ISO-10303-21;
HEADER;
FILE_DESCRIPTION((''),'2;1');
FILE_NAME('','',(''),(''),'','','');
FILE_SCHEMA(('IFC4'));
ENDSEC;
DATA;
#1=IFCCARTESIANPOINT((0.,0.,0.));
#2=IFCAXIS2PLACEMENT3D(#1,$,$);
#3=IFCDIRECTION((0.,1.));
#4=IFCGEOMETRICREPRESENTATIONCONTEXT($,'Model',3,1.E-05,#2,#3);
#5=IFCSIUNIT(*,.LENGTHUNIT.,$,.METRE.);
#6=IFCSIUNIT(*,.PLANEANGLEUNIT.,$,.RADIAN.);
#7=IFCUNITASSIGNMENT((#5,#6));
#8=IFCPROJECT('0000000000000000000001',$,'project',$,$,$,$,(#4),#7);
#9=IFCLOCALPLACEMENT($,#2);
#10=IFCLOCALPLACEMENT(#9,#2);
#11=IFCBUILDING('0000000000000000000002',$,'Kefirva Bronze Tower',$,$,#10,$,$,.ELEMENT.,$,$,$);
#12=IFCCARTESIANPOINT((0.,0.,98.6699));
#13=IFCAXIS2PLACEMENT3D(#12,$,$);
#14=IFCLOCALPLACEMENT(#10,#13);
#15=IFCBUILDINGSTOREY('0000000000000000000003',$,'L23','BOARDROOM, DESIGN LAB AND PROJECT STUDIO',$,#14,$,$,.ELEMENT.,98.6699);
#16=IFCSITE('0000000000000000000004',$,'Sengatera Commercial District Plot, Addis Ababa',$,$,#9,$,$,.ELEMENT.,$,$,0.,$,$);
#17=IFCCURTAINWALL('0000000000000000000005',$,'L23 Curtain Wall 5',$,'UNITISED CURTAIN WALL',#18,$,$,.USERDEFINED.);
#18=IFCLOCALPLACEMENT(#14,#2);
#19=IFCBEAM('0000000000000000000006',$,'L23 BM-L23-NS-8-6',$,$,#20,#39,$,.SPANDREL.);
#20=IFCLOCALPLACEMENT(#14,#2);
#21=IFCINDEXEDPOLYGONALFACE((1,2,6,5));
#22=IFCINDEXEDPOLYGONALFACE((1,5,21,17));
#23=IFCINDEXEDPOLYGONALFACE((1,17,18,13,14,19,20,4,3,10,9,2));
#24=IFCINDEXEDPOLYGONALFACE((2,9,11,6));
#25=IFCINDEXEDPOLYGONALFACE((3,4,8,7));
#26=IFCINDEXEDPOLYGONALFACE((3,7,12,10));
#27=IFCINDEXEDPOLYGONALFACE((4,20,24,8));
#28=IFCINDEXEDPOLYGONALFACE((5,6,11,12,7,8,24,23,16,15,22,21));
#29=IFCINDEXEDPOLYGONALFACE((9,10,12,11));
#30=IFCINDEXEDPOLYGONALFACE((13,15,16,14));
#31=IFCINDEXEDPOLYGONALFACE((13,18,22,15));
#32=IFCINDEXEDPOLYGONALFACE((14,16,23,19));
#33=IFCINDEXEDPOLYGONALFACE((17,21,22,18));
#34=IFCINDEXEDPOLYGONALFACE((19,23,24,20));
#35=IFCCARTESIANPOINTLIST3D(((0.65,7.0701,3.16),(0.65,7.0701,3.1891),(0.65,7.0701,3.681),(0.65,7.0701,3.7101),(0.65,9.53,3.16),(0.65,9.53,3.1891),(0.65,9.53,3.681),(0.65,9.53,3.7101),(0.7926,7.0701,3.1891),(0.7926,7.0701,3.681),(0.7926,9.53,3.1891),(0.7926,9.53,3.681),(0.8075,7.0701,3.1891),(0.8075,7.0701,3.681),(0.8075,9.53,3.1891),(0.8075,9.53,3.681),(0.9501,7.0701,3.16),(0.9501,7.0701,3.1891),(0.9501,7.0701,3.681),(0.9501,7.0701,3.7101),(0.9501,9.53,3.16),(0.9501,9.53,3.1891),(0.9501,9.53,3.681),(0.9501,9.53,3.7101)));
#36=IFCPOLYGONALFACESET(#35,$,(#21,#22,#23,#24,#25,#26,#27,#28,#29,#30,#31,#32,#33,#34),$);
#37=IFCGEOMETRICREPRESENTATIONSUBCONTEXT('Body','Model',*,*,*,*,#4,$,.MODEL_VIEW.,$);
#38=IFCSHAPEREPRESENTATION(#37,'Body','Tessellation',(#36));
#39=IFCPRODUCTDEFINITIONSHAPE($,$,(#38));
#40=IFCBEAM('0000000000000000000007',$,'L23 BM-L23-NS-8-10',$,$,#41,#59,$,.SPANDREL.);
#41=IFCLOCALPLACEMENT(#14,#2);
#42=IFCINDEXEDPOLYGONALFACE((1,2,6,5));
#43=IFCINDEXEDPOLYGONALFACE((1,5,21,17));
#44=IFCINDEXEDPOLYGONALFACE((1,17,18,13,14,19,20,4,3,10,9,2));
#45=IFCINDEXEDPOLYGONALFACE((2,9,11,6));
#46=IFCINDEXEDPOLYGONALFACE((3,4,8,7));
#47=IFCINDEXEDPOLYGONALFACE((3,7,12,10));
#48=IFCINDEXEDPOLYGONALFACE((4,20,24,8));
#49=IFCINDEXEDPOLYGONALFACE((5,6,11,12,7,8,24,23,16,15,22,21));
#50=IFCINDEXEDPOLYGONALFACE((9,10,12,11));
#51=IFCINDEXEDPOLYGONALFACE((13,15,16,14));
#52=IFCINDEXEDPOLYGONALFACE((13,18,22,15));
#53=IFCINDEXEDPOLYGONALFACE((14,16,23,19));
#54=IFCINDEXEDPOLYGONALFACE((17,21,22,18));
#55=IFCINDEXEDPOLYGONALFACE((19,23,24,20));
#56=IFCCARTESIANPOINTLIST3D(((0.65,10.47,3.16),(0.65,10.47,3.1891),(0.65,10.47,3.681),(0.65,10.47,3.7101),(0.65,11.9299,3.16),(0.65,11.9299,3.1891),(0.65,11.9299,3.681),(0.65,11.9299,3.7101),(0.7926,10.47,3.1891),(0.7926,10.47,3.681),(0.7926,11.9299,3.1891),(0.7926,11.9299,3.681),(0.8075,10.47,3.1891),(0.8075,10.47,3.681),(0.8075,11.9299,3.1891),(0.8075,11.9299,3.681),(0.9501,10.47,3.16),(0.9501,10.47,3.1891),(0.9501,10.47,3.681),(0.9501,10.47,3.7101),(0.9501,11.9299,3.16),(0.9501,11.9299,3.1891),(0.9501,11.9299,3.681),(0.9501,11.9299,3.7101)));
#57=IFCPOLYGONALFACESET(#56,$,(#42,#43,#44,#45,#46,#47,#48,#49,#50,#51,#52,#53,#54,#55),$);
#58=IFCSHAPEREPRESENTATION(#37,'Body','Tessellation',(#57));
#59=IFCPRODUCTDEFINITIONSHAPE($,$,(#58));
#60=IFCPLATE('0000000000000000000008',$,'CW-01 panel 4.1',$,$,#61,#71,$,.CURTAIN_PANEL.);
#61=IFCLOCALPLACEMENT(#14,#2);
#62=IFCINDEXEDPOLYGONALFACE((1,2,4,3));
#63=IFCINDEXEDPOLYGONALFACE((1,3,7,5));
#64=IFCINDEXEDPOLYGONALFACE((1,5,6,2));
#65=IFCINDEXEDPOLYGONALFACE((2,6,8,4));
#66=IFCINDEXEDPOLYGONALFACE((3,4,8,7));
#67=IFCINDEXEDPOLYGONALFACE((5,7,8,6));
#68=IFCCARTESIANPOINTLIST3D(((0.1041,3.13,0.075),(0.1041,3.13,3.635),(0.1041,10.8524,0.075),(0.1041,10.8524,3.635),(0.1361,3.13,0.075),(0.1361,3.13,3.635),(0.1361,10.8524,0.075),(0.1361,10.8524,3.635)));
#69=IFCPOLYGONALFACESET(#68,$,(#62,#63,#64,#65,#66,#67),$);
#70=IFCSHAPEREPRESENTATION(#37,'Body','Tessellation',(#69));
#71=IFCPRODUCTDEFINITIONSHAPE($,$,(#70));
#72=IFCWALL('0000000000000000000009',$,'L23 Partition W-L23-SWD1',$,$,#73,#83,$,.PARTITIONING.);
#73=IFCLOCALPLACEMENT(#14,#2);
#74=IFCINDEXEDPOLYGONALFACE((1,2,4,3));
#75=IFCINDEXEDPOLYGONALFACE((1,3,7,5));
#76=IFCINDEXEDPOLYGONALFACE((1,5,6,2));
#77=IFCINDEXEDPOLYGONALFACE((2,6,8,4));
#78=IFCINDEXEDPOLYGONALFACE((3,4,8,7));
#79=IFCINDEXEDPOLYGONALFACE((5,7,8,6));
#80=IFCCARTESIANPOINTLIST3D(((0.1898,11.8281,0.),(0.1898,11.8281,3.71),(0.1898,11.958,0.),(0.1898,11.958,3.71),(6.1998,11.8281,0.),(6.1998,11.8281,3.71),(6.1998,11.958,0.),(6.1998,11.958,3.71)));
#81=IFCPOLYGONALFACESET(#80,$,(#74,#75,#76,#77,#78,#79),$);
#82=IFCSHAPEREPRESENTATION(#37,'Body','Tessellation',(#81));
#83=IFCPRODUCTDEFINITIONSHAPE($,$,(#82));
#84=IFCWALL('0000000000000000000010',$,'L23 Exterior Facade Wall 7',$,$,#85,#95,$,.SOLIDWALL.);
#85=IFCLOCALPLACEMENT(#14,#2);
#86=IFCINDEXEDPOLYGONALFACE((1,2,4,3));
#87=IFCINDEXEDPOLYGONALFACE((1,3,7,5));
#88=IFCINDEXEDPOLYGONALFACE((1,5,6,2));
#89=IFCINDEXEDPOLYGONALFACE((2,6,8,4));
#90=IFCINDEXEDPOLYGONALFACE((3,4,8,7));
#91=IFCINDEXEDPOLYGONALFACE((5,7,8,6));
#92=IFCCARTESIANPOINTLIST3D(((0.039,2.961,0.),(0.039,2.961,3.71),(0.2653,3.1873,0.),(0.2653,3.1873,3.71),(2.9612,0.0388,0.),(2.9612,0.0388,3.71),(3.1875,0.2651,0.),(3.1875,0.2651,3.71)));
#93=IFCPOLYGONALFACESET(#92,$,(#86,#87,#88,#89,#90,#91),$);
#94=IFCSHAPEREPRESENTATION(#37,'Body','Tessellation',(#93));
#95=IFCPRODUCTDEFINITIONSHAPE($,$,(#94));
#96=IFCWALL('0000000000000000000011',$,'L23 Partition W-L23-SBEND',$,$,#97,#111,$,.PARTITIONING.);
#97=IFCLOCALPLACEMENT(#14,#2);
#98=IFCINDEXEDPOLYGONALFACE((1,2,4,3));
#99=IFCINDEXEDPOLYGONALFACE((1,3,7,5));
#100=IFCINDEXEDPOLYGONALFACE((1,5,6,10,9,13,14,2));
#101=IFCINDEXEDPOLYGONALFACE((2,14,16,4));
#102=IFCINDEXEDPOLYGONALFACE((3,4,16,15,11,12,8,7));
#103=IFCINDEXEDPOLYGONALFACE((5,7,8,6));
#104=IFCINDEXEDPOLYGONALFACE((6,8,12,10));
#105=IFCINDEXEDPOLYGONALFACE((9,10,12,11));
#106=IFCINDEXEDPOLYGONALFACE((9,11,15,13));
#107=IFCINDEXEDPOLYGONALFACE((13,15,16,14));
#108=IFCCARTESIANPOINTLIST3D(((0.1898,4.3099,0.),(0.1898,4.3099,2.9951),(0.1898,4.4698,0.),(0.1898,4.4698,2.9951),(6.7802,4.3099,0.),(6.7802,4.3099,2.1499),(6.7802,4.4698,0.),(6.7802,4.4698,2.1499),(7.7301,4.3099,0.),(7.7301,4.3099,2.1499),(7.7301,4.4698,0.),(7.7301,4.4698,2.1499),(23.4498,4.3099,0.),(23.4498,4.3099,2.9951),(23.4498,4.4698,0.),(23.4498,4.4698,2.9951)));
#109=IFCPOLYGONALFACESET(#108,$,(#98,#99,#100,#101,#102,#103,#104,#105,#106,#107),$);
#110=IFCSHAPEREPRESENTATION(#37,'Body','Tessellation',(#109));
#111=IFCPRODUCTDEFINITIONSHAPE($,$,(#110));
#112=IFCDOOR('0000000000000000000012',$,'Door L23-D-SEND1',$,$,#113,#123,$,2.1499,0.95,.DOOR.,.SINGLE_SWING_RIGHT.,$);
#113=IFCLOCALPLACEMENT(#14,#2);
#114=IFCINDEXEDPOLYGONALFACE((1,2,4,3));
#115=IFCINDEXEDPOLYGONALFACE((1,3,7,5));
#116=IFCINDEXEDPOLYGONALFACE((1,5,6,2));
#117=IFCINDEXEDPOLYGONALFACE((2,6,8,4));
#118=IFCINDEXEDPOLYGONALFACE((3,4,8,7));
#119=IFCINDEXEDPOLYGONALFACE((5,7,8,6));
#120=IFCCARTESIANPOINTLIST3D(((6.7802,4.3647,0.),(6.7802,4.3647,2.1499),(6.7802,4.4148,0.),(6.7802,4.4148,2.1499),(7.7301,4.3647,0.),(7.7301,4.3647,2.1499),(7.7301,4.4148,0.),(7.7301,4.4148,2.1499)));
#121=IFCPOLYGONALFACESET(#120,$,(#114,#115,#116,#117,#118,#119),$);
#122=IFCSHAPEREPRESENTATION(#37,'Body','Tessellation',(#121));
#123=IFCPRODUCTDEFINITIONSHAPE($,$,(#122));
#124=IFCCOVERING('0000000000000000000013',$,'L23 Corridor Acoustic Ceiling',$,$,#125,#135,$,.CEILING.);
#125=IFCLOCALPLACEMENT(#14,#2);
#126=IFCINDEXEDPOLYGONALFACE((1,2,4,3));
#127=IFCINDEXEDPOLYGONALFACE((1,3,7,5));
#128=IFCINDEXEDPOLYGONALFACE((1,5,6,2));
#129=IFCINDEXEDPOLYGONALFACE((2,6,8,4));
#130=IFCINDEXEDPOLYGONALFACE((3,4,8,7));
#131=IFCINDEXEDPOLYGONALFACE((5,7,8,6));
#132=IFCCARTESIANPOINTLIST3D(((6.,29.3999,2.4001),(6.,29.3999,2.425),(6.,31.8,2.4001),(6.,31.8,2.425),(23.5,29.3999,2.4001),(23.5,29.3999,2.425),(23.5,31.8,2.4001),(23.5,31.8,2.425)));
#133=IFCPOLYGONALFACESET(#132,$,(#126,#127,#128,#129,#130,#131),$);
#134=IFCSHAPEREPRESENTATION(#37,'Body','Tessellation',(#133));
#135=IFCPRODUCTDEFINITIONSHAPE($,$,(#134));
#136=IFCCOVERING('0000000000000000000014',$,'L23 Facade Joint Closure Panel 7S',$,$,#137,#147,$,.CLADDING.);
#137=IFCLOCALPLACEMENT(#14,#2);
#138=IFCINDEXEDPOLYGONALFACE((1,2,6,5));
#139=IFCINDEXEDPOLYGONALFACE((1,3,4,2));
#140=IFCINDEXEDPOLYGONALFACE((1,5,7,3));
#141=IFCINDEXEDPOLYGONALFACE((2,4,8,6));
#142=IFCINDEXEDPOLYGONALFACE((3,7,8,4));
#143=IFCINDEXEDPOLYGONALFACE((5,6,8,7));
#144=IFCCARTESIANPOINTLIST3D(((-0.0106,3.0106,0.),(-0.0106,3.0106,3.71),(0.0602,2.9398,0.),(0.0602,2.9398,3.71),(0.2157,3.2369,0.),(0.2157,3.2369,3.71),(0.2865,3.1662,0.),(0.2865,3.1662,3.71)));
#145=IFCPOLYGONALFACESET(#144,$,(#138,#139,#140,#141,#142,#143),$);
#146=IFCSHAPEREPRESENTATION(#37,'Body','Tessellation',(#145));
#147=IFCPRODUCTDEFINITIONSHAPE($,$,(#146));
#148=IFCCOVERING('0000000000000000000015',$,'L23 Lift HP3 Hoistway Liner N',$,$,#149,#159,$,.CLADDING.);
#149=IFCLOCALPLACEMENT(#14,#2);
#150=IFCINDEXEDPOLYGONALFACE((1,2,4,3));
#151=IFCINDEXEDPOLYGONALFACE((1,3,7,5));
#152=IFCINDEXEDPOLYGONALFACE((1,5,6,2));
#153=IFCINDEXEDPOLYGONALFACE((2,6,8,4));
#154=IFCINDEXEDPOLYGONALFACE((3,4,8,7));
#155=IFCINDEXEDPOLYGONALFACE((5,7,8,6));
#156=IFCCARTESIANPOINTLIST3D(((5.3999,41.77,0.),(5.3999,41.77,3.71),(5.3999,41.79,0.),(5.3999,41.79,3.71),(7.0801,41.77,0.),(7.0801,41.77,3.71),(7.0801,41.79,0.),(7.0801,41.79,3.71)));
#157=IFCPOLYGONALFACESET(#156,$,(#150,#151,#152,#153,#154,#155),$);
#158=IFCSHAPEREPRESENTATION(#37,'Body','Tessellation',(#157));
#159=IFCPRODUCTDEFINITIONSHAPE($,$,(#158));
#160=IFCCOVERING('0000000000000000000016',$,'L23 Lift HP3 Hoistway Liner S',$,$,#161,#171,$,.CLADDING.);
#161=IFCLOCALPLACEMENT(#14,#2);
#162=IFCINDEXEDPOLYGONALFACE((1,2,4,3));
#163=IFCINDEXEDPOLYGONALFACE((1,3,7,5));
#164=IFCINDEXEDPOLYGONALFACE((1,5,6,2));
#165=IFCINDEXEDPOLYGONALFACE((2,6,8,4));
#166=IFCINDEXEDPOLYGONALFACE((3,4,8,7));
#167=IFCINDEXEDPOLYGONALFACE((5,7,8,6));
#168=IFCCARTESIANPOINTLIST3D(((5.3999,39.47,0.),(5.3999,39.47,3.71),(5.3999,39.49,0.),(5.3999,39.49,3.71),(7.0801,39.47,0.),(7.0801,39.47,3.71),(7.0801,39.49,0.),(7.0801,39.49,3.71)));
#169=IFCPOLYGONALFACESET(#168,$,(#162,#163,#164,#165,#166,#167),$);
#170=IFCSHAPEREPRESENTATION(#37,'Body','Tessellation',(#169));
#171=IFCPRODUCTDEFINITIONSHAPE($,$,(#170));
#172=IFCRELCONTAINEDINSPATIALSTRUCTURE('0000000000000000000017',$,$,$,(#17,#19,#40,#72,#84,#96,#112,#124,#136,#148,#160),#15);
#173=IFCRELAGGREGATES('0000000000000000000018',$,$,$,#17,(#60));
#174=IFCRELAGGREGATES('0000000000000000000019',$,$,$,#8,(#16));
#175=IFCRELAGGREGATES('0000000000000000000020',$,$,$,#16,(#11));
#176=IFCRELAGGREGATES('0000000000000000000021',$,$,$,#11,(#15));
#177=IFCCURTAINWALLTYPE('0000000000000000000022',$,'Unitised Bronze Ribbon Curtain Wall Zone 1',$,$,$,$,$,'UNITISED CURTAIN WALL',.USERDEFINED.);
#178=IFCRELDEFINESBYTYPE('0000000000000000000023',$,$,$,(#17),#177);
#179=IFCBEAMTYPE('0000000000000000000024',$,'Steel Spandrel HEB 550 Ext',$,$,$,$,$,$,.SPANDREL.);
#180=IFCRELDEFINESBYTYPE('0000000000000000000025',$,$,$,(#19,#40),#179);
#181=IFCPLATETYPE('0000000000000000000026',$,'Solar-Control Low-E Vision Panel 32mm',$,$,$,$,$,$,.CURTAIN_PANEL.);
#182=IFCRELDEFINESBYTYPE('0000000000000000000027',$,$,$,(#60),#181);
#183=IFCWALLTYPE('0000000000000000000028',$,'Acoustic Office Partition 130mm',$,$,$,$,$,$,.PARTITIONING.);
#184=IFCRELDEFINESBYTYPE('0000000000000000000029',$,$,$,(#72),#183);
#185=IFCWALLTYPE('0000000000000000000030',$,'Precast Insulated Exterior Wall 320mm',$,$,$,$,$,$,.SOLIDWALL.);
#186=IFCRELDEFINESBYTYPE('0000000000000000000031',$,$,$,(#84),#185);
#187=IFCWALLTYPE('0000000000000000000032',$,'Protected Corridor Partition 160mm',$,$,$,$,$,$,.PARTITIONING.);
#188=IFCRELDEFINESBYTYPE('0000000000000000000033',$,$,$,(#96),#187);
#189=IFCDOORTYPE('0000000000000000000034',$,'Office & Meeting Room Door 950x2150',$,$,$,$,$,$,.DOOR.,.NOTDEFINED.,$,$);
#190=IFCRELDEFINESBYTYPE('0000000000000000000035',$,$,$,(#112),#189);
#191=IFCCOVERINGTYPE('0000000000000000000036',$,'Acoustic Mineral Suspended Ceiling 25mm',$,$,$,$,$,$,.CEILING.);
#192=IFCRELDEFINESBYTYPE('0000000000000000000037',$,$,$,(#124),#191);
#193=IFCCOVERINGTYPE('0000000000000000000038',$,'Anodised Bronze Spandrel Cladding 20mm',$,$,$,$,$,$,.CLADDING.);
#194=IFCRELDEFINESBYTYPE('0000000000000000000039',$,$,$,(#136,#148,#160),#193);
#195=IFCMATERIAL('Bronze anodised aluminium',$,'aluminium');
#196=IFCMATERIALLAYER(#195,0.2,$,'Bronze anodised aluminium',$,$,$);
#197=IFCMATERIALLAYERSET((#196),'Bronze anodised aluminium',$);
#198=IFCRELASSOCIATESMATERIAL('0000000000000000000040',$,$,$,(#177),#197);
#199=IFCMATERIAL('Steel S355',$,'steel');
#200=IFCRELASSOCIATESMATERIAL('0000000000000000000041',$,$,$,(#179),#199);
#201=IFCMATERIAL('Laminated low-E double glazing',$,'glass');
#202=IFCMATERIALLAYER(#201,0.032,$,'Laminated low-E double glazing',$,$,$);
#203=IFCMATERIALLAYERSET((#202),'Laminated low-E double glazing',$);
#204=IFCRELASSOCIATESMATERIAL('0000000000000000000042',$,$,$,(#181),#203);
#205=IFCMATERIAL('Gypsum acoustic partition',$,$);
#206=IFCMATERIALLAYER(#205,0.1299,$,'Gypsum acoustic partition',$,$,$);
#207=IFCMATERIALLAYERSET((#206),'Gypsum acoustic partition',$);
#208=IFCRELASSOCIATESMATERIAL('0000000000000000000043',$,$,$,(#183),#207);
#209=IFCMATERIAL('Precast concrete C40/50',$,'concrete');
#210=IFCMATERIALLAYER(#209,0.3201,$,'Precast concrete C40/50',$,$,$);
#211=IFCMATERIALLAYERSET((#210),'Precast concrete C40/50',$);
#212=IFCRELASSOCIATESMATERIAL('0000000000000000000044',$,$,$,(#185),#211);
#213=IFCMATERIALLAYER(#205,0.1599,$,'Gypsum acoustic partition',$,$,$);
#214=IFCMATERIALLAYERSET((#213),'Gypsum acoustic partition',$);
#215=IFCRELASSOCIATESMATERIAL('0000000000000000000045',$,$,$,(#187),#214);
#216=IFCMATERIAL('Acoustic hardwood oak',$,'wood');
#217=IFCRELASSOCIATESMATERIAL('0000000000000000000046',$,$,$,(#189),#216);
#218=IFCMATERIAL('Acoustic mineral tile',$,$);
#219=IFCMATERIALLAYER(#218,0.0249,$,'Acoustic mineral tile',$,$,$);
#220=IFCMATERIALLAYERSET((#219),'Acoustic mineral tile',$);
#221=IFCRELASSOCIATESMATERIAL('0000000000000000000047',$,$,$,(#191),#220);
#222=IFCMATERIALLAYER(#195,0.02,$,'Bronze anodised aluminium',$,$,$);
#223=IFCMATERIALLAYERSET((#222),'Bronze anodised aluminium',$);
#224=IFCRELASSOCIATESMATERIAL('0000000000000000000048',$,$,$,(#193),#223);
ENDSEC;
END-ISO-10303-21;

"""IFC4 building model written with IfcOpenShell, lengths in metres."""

from ifc_helpers import new_model, si_unit, direction, frame, frame_2d, origin, origin_2d, place, context, subcontext, project, spatial, polyline, rectangle, i_section, outline, extrude, material, layer, layer_set, material_profile, profile_set, type_object, element, fill, aggregate, save


model = new_model("IFC4")

# Units and contexts
model_context = context("Model", 3, precision=1e-05, world=origin(), true_north=direction((0.0, 1.0)))
body_context = subcontext(model_context, "Body", "Model", "MODEL_VIEW")
ifc_project = project(units=[si_unit("LENGTHUNIT", "METRE"), si_unit("PLANEANGLEUNIT", "RADIAN")], contexts=[model_context])

# Site, building, storey
site_placement = place(None, origin())
site = spatial("IfcSite", under=ifc_project, at=site_placement, Name="Sengatera Commercial District Plot, Addis Ababa", CompositionType="ELEMENT", RefElevation=0.0)
building_placement = place(site_placement, origin())
building = spatial("IfcBuilding", under=site, at=building_placement, Name="Kefirva Bronze Tower", CompositionType="ELEMENT")
storey_placement = place(building_placement, frame((0.0, 0.0, 98.6699)))
storey = spatial("IfcBuildingStorey", under=building, at=storey_placement, Name="L23", Description="BOARDROOM, DESIGN LAB AND PROJECT STUDIO", CompositionType="ELEMENT", Elevation=98.6699)

# Curtain wall
ifc_material_1 = material(Name="Bronze anodised aluminium", Category="aluminium")
ifc_layer_1 = layer(ifc_material_1, 0.2, Name="Bronze anodised aluminium")
ifc_layer_set_1 = layer_set([ifc_layer_1], Name="Bronze anodised aluminium")
curtain_wall_type = type_object("IfcCurtainWallType", Name="Unitised Bronze Ribbon Curtain Wall Zone 1", ElementType="UNITISED CURTAIN WALL", PredefinedType="USERDEFINED", material=ifc_layer_set_1)
curtain_wall_placement = place(storey_placement, origin())
curtain_wall = element("IfcCurtainWall", 1, at=curtain_wall_placement, inside=storey, type_object=curtain_wall_type, Name="L23 Curtain Wall 5", ObjectType="UNITISED CURTAIN WALL", PredefinedType="USERDEFINED")

# Beams
ifc_material_2 = material(Name="Steel S355", Category="steel")
ifc_material_profile_1 = material_profile(ifc_material_2, i_section(OverallWidth=0.3, OverallDepth=0.55, WebThickness=0.0149, FlangeThickness=0.0291, at=origin_2d()), Name="HEB 550")
ifc_profile_set_1 = profile_set([ifc_material_profile_1], Name="Steel S355")
beam_type_1 = type_object("IfcBeamType", Name="Steel Spandrel HEB 550 Ext", PredefinedType="SPANDREL", material=ifc_profile_set_1)
beam_1_placement = place(storey_placement, frame((0.8, 7.0701, 3.4351), z_axis=(0.0, 1.0, 0.0), x_axis=(-1.0, 0.0, 0.0)))
element("IfcBeam", 2, at=beam_1_placement, inside=storey, type_object=beam_type_1, Name="L23 BM-L23-NS-8-6", PredefinedType="SPANDREL", context=body_context, shape_type="SweptSolid", body=[
    extrude(i_section(OverallWidth=0.3, OverallDepth=0.55, WebThickness=0.0149, FlangeThickness=0.0291, at=origin_2d()), origin(), (0.0, 0.0, 1.0), 2.46),
])
beam_2_placement = place(storey_placement, frame((0.8, 10.47, 3.4351), z_axis=(0.0, 1.0, 0.0), x_axis=(-1.0, 0.0, 0.0)))
element("IfcBeam", 3, at=beam_2_placement, inside=storey, type_object=beam_type_1, Name="L23 BM-L23-NS-8-10", PredefinedType="SPANDREL", context=body_context, shape_type="SweptSolid", body=[
    extrude(i_section(OverallWidth=0.3, OverallDepth=0.55, WebThickness=0.0149, FlangeThickness=0.0291, at=origin_2d()), origin(), (0.0, 0.0, 1.0), 1.46),
])

# Plate
ifc_material_3 = material(Name="Laminated low-E double glazing", Category="glass")
ifc_layer_2 = layer(ifc_material_3, 0.032, Name="Laminated low-E double glazing")
ifc_layer_set_2 = layer_set([ifc_layer_2], Name="Laminated low-E double glazing")
plate_type = type_object("IfcPlateType", Name="Solar-Control Low-E Vision Panel 32mm", PredefinedType="CURTAIN_PANEL", material=ifc_layer_set_2)
plate_placement = place(storey_placement, frame((0.1201, 6.9912, 0.075), z_axis=(0.0, 0.0, 1.0), x_axis=(0.0, -1.0, 0.0)))
plate = element("IfcPlate", 4, at=plate_placement, type_object=plate_type, Name="CW-01 panel 4.1", PredefinedType="CURTAIN_PANEL", context=body_context, shape_type="SweptSolid", body=[
    extrude(rectangle(XDim=7.7224, YDim=0.032, at=origin_2d()), origin(), (0.0, 0.0, 1.0), 3.5601),
])
aggregate(curtain_wall, [plate])

# Walls
ifc_material_4 = material(Name="Gypsum acoustic partition")
ifc_layer_3 = layer(ifc_material_4, 0.1299, Name="Gypsum acoustic partition")
ifc_layer_set_3 = layer_set([ifc_layer_3], Name="Gypsum acoustic partition")
wall_type_1 = type_object("IfcWallType", Name="Acoustic Office Partition 130mm", PredefinedType="PARTITIONING", material=ifc_layer_set_3)
wall_1_placement = place(storey_placement, frame((0.1899, 11.8931, 0.0), z_axis=(0.0, 0.0, 1.0), x_axis=(1.0, 0.0, 0.0)))
element("IfcWall", 5, at=wall_1_placement, inside=storey, type_object=wall_type_1, Name="L23 Partition W-L23-SWD1", PredefinedType="PARTITIONING", context=body_context, shape_type="SweptSolid", body=[
    extrude(rectangle(XDim=6.01, YDim=0.1299, at=frame_2d((3.0049, 0.0))), origin(), (0.0, 0.0, 1.0), 3.71),
])
ifc_material_5 = material(Name="Precast concrete C40/50", Category="concrete")
ifc_layer_4 = layer(ifc_material_5, 0.3201, Name="Precast concrete C40/50")
ifc_layer_set_4 = layer_set([ifc_layer_4], Name="Precast concrete C40/50")
wall_type_2 = type_object("IfcWallType", Name="Precast Insulated Exterior Wall 320mm", PredefinedType="SOLIDWALL", material=ifc_layer_set_4)
wall_2_placement = place(storey_placement, frame((0.1521, 3.0742, 0.0), z_axis=(0.0, 0.0, 1.0), x_axis=(0.707107, -0.707107, 0.0)))
element("IfcWall", 6, at=wall_2_placement, inside=storey, type_object=wall_type_2, Name="L23 Exterior Facade Wall 7", PredefinedType="SOLIDWALL", context=body_context, shape_type="SweptSolid", body=[
    extrude(rectangle(XDim=4.1326, YDim=0.3201, at=frame_2d((2.0664, 0.0))), origin(), (0.0, 0.0, 1.0), 3.71),
])

# Wall, opening, door
ifc_layer_5 = layer(ifc_material_4, 0.1599, Name="Gypsum acoustic partition")
ifc_layer_set_5 = layer_set([ifc_layer_5], Name="Gypsum acoustic partition")
wall_type_3 = type_object("IfcWallType", Name="Protected Corridor Partition 160mm", PredefinedType="PARTITIONING", material=ifc_layer_set_5)
wall_3_placement = place(storey_placement, frame((0.1899, 4.3899, 0.0), z_axis=(0.0, 0.0, 1.0), x_axis=(1.0, 0.0, 0.0)))
wall_3 = element("IfcWall", 7, at=wall_3_placement, inside=storey, type_object=wall_type_3, Name="L23 Partition W-L23-SBEND", PredefinedType="PARTITIONING", context=body_context, shape_type="SweptSolid", body=[
    extrude(rectangle(XDim=23.26, YDim=0.1599, at=frame_2d((11.6299, 0.0))), origin(), (0.0, 0.0, 1.0), 2.9951),
])
opening_placement = place(wall_3_placement, frame((6.5901, 0.0, 0.0)))
opening = element("IfcOpeningElement", 8, at=opening_placement, cuts=wall_3, PredefinedType="OPENING", context=body_context, shape_type="SweptSolid", body=[
    extrude(rectangle(XDim=0.95, YDim=2.1499, at=frame_2d((0.4751, 1.075))), frame((0.0, 0.0898, 0.0), z_axis=(0.0, -1.0, 0.0), x_axis=(1.0, 0.0, 0.0)), (0.0, 0.0, 1.0), 0.1799),
])
ifc_material_6 = material(Name="Acoustic hardwood oak", Category="wood")
door_type = type_object("IfcDoorType", Name="Office & Meeting Room Door 950x2150", OperationType="NOTDEFINED", PredefinedType="DOOR", material=ifc_material_6)
door_placement = place(opening_placement, origin())
door = element("IfcDoor", 9, at=door_placement, inside=storey, type_object=door_type, Name="Door L23-D-SEND1", OperationType="SINGLE_SWING_RIGHT", OverallHeight=2.1499, OverallWidth=0.95, PredefinedType="DOOR", context=body_context, shape_type="SweptSolid", body=[
    extrude(rectangle(XDim=0.95, YDim=2.1499, at=frame_2d((0.4751, 1.075))), frame((0.0, 0.0249, 0.0), z_axis=(0.0, -1.0, 0.0), x_axis=(1.0, 0.0, 0.0)), (0.0, 0.0, 1.0), 0.05),
])
fill(opening, door)

# Coverings
ifc_material_7 = material(Name="Acoustic mineral tile")
ifc_layer_6 = layer(ifc_material_7, 0.0249, Name="Acoustic mineral tile")
ifc_layer_set_6 = layer_set([ifc_layer_6], Name="Acoustic mineral tile")
covering_type_1 = type_object("IfcCoveringType", Name="Acoustic Mineral Suspended Ceiling 25mm", PredefinedType="CEILING", material=ifc_layer_set_6)
covering_1_placement = place(storey_placement, frame((0.0, 0.0, 2.4001)))
element("IfcCovering", 10, at=covering_1_placement, inside=storey, type_object=covering_type_1, Name="L23 Corridor Acoustic Ceiling", PredefinedType="CEILING", context=body_context, shape_type="SweptSolid", body=[
    extrude(outline(polyline([(6.0, 29.3999), (23.5, 29.3999), (23.5, 31.8), (6.0, 31.8), (6.0, 29.3999)])), origin(), (0.0, 0.0, 1.0), 0.0249),
])
ifc_layer_7 = layer(ifc_material_1, 0.02, Name="Bronze anodised aluminium")
ifc_layer_set_7 = layer_set([ifc_layer_7], Name="Bronze anodised aluminium")
covering_type_2 = type_object("IfcCoveringType", Name="Anodised Bronze Spandrel Cladding 20mm", PredefinedType="CLADDING", material=ifc_layer_set_7)
covering_2_placement = place(storey_placement, frame((0.1379, 3.0884, 0.0), z_axis=(0.0, 0.0, 1.0), x_axis=(0.707107, -0.707107, 0.0)))
element("IfcCovering", 11, at=covering_2_placement, inside=storey, type_object=covering_type_2, Name="L23 Facade Joint Closure Panel 7S", PredefinedType="CLADDING", context=body_context, shape_type="SweptSolid", body=[
    extrude(rectangle(XDim=0.1001, YDim=0.3201, at=origin_2d()), origin(), (0.0, 0.0, 1.0), 3.71),
])
covering_3_placement = place(storey_placement, origin())
element("IfcCovering", 12, at=covering_3_placement, inside=storey, type_object=covering_type_2, Name="L23 Lift HP3 Hoistway Liner N", PredefinedType="CLADDING", context=body_context, shape_type="SweptSolid", body=[
    extrude(outline(polyline([(5.3999, 41.77), (7.0801, 41.77), (7.0801, 41.79), (5.3999, 41.79), (5.3999, 41.77)])), origin(), (0.0, 0.0, 1.0), 3.71),
])
covering_4_placement = place(storey_placement, origin())
element("IfcCovering", 13, at=covering_4_placement, inside=storey, type_object=covering_type_2, Name="L23 Lift HP3 Hoistway Liner S", PredefinedType="CLADDING", context=body_context, shape_type="SweptSolid", body=[
    extrude(outline(polyline([(5.3999, 39.47), (7.0801, 39.47), (7.0801, 39.49), (5.3999, 39.49), (5.3999, 39.47)])), origin(), (0.0, 0.0, 1.0), 3.71),
])

save(model, "model.ifc")
